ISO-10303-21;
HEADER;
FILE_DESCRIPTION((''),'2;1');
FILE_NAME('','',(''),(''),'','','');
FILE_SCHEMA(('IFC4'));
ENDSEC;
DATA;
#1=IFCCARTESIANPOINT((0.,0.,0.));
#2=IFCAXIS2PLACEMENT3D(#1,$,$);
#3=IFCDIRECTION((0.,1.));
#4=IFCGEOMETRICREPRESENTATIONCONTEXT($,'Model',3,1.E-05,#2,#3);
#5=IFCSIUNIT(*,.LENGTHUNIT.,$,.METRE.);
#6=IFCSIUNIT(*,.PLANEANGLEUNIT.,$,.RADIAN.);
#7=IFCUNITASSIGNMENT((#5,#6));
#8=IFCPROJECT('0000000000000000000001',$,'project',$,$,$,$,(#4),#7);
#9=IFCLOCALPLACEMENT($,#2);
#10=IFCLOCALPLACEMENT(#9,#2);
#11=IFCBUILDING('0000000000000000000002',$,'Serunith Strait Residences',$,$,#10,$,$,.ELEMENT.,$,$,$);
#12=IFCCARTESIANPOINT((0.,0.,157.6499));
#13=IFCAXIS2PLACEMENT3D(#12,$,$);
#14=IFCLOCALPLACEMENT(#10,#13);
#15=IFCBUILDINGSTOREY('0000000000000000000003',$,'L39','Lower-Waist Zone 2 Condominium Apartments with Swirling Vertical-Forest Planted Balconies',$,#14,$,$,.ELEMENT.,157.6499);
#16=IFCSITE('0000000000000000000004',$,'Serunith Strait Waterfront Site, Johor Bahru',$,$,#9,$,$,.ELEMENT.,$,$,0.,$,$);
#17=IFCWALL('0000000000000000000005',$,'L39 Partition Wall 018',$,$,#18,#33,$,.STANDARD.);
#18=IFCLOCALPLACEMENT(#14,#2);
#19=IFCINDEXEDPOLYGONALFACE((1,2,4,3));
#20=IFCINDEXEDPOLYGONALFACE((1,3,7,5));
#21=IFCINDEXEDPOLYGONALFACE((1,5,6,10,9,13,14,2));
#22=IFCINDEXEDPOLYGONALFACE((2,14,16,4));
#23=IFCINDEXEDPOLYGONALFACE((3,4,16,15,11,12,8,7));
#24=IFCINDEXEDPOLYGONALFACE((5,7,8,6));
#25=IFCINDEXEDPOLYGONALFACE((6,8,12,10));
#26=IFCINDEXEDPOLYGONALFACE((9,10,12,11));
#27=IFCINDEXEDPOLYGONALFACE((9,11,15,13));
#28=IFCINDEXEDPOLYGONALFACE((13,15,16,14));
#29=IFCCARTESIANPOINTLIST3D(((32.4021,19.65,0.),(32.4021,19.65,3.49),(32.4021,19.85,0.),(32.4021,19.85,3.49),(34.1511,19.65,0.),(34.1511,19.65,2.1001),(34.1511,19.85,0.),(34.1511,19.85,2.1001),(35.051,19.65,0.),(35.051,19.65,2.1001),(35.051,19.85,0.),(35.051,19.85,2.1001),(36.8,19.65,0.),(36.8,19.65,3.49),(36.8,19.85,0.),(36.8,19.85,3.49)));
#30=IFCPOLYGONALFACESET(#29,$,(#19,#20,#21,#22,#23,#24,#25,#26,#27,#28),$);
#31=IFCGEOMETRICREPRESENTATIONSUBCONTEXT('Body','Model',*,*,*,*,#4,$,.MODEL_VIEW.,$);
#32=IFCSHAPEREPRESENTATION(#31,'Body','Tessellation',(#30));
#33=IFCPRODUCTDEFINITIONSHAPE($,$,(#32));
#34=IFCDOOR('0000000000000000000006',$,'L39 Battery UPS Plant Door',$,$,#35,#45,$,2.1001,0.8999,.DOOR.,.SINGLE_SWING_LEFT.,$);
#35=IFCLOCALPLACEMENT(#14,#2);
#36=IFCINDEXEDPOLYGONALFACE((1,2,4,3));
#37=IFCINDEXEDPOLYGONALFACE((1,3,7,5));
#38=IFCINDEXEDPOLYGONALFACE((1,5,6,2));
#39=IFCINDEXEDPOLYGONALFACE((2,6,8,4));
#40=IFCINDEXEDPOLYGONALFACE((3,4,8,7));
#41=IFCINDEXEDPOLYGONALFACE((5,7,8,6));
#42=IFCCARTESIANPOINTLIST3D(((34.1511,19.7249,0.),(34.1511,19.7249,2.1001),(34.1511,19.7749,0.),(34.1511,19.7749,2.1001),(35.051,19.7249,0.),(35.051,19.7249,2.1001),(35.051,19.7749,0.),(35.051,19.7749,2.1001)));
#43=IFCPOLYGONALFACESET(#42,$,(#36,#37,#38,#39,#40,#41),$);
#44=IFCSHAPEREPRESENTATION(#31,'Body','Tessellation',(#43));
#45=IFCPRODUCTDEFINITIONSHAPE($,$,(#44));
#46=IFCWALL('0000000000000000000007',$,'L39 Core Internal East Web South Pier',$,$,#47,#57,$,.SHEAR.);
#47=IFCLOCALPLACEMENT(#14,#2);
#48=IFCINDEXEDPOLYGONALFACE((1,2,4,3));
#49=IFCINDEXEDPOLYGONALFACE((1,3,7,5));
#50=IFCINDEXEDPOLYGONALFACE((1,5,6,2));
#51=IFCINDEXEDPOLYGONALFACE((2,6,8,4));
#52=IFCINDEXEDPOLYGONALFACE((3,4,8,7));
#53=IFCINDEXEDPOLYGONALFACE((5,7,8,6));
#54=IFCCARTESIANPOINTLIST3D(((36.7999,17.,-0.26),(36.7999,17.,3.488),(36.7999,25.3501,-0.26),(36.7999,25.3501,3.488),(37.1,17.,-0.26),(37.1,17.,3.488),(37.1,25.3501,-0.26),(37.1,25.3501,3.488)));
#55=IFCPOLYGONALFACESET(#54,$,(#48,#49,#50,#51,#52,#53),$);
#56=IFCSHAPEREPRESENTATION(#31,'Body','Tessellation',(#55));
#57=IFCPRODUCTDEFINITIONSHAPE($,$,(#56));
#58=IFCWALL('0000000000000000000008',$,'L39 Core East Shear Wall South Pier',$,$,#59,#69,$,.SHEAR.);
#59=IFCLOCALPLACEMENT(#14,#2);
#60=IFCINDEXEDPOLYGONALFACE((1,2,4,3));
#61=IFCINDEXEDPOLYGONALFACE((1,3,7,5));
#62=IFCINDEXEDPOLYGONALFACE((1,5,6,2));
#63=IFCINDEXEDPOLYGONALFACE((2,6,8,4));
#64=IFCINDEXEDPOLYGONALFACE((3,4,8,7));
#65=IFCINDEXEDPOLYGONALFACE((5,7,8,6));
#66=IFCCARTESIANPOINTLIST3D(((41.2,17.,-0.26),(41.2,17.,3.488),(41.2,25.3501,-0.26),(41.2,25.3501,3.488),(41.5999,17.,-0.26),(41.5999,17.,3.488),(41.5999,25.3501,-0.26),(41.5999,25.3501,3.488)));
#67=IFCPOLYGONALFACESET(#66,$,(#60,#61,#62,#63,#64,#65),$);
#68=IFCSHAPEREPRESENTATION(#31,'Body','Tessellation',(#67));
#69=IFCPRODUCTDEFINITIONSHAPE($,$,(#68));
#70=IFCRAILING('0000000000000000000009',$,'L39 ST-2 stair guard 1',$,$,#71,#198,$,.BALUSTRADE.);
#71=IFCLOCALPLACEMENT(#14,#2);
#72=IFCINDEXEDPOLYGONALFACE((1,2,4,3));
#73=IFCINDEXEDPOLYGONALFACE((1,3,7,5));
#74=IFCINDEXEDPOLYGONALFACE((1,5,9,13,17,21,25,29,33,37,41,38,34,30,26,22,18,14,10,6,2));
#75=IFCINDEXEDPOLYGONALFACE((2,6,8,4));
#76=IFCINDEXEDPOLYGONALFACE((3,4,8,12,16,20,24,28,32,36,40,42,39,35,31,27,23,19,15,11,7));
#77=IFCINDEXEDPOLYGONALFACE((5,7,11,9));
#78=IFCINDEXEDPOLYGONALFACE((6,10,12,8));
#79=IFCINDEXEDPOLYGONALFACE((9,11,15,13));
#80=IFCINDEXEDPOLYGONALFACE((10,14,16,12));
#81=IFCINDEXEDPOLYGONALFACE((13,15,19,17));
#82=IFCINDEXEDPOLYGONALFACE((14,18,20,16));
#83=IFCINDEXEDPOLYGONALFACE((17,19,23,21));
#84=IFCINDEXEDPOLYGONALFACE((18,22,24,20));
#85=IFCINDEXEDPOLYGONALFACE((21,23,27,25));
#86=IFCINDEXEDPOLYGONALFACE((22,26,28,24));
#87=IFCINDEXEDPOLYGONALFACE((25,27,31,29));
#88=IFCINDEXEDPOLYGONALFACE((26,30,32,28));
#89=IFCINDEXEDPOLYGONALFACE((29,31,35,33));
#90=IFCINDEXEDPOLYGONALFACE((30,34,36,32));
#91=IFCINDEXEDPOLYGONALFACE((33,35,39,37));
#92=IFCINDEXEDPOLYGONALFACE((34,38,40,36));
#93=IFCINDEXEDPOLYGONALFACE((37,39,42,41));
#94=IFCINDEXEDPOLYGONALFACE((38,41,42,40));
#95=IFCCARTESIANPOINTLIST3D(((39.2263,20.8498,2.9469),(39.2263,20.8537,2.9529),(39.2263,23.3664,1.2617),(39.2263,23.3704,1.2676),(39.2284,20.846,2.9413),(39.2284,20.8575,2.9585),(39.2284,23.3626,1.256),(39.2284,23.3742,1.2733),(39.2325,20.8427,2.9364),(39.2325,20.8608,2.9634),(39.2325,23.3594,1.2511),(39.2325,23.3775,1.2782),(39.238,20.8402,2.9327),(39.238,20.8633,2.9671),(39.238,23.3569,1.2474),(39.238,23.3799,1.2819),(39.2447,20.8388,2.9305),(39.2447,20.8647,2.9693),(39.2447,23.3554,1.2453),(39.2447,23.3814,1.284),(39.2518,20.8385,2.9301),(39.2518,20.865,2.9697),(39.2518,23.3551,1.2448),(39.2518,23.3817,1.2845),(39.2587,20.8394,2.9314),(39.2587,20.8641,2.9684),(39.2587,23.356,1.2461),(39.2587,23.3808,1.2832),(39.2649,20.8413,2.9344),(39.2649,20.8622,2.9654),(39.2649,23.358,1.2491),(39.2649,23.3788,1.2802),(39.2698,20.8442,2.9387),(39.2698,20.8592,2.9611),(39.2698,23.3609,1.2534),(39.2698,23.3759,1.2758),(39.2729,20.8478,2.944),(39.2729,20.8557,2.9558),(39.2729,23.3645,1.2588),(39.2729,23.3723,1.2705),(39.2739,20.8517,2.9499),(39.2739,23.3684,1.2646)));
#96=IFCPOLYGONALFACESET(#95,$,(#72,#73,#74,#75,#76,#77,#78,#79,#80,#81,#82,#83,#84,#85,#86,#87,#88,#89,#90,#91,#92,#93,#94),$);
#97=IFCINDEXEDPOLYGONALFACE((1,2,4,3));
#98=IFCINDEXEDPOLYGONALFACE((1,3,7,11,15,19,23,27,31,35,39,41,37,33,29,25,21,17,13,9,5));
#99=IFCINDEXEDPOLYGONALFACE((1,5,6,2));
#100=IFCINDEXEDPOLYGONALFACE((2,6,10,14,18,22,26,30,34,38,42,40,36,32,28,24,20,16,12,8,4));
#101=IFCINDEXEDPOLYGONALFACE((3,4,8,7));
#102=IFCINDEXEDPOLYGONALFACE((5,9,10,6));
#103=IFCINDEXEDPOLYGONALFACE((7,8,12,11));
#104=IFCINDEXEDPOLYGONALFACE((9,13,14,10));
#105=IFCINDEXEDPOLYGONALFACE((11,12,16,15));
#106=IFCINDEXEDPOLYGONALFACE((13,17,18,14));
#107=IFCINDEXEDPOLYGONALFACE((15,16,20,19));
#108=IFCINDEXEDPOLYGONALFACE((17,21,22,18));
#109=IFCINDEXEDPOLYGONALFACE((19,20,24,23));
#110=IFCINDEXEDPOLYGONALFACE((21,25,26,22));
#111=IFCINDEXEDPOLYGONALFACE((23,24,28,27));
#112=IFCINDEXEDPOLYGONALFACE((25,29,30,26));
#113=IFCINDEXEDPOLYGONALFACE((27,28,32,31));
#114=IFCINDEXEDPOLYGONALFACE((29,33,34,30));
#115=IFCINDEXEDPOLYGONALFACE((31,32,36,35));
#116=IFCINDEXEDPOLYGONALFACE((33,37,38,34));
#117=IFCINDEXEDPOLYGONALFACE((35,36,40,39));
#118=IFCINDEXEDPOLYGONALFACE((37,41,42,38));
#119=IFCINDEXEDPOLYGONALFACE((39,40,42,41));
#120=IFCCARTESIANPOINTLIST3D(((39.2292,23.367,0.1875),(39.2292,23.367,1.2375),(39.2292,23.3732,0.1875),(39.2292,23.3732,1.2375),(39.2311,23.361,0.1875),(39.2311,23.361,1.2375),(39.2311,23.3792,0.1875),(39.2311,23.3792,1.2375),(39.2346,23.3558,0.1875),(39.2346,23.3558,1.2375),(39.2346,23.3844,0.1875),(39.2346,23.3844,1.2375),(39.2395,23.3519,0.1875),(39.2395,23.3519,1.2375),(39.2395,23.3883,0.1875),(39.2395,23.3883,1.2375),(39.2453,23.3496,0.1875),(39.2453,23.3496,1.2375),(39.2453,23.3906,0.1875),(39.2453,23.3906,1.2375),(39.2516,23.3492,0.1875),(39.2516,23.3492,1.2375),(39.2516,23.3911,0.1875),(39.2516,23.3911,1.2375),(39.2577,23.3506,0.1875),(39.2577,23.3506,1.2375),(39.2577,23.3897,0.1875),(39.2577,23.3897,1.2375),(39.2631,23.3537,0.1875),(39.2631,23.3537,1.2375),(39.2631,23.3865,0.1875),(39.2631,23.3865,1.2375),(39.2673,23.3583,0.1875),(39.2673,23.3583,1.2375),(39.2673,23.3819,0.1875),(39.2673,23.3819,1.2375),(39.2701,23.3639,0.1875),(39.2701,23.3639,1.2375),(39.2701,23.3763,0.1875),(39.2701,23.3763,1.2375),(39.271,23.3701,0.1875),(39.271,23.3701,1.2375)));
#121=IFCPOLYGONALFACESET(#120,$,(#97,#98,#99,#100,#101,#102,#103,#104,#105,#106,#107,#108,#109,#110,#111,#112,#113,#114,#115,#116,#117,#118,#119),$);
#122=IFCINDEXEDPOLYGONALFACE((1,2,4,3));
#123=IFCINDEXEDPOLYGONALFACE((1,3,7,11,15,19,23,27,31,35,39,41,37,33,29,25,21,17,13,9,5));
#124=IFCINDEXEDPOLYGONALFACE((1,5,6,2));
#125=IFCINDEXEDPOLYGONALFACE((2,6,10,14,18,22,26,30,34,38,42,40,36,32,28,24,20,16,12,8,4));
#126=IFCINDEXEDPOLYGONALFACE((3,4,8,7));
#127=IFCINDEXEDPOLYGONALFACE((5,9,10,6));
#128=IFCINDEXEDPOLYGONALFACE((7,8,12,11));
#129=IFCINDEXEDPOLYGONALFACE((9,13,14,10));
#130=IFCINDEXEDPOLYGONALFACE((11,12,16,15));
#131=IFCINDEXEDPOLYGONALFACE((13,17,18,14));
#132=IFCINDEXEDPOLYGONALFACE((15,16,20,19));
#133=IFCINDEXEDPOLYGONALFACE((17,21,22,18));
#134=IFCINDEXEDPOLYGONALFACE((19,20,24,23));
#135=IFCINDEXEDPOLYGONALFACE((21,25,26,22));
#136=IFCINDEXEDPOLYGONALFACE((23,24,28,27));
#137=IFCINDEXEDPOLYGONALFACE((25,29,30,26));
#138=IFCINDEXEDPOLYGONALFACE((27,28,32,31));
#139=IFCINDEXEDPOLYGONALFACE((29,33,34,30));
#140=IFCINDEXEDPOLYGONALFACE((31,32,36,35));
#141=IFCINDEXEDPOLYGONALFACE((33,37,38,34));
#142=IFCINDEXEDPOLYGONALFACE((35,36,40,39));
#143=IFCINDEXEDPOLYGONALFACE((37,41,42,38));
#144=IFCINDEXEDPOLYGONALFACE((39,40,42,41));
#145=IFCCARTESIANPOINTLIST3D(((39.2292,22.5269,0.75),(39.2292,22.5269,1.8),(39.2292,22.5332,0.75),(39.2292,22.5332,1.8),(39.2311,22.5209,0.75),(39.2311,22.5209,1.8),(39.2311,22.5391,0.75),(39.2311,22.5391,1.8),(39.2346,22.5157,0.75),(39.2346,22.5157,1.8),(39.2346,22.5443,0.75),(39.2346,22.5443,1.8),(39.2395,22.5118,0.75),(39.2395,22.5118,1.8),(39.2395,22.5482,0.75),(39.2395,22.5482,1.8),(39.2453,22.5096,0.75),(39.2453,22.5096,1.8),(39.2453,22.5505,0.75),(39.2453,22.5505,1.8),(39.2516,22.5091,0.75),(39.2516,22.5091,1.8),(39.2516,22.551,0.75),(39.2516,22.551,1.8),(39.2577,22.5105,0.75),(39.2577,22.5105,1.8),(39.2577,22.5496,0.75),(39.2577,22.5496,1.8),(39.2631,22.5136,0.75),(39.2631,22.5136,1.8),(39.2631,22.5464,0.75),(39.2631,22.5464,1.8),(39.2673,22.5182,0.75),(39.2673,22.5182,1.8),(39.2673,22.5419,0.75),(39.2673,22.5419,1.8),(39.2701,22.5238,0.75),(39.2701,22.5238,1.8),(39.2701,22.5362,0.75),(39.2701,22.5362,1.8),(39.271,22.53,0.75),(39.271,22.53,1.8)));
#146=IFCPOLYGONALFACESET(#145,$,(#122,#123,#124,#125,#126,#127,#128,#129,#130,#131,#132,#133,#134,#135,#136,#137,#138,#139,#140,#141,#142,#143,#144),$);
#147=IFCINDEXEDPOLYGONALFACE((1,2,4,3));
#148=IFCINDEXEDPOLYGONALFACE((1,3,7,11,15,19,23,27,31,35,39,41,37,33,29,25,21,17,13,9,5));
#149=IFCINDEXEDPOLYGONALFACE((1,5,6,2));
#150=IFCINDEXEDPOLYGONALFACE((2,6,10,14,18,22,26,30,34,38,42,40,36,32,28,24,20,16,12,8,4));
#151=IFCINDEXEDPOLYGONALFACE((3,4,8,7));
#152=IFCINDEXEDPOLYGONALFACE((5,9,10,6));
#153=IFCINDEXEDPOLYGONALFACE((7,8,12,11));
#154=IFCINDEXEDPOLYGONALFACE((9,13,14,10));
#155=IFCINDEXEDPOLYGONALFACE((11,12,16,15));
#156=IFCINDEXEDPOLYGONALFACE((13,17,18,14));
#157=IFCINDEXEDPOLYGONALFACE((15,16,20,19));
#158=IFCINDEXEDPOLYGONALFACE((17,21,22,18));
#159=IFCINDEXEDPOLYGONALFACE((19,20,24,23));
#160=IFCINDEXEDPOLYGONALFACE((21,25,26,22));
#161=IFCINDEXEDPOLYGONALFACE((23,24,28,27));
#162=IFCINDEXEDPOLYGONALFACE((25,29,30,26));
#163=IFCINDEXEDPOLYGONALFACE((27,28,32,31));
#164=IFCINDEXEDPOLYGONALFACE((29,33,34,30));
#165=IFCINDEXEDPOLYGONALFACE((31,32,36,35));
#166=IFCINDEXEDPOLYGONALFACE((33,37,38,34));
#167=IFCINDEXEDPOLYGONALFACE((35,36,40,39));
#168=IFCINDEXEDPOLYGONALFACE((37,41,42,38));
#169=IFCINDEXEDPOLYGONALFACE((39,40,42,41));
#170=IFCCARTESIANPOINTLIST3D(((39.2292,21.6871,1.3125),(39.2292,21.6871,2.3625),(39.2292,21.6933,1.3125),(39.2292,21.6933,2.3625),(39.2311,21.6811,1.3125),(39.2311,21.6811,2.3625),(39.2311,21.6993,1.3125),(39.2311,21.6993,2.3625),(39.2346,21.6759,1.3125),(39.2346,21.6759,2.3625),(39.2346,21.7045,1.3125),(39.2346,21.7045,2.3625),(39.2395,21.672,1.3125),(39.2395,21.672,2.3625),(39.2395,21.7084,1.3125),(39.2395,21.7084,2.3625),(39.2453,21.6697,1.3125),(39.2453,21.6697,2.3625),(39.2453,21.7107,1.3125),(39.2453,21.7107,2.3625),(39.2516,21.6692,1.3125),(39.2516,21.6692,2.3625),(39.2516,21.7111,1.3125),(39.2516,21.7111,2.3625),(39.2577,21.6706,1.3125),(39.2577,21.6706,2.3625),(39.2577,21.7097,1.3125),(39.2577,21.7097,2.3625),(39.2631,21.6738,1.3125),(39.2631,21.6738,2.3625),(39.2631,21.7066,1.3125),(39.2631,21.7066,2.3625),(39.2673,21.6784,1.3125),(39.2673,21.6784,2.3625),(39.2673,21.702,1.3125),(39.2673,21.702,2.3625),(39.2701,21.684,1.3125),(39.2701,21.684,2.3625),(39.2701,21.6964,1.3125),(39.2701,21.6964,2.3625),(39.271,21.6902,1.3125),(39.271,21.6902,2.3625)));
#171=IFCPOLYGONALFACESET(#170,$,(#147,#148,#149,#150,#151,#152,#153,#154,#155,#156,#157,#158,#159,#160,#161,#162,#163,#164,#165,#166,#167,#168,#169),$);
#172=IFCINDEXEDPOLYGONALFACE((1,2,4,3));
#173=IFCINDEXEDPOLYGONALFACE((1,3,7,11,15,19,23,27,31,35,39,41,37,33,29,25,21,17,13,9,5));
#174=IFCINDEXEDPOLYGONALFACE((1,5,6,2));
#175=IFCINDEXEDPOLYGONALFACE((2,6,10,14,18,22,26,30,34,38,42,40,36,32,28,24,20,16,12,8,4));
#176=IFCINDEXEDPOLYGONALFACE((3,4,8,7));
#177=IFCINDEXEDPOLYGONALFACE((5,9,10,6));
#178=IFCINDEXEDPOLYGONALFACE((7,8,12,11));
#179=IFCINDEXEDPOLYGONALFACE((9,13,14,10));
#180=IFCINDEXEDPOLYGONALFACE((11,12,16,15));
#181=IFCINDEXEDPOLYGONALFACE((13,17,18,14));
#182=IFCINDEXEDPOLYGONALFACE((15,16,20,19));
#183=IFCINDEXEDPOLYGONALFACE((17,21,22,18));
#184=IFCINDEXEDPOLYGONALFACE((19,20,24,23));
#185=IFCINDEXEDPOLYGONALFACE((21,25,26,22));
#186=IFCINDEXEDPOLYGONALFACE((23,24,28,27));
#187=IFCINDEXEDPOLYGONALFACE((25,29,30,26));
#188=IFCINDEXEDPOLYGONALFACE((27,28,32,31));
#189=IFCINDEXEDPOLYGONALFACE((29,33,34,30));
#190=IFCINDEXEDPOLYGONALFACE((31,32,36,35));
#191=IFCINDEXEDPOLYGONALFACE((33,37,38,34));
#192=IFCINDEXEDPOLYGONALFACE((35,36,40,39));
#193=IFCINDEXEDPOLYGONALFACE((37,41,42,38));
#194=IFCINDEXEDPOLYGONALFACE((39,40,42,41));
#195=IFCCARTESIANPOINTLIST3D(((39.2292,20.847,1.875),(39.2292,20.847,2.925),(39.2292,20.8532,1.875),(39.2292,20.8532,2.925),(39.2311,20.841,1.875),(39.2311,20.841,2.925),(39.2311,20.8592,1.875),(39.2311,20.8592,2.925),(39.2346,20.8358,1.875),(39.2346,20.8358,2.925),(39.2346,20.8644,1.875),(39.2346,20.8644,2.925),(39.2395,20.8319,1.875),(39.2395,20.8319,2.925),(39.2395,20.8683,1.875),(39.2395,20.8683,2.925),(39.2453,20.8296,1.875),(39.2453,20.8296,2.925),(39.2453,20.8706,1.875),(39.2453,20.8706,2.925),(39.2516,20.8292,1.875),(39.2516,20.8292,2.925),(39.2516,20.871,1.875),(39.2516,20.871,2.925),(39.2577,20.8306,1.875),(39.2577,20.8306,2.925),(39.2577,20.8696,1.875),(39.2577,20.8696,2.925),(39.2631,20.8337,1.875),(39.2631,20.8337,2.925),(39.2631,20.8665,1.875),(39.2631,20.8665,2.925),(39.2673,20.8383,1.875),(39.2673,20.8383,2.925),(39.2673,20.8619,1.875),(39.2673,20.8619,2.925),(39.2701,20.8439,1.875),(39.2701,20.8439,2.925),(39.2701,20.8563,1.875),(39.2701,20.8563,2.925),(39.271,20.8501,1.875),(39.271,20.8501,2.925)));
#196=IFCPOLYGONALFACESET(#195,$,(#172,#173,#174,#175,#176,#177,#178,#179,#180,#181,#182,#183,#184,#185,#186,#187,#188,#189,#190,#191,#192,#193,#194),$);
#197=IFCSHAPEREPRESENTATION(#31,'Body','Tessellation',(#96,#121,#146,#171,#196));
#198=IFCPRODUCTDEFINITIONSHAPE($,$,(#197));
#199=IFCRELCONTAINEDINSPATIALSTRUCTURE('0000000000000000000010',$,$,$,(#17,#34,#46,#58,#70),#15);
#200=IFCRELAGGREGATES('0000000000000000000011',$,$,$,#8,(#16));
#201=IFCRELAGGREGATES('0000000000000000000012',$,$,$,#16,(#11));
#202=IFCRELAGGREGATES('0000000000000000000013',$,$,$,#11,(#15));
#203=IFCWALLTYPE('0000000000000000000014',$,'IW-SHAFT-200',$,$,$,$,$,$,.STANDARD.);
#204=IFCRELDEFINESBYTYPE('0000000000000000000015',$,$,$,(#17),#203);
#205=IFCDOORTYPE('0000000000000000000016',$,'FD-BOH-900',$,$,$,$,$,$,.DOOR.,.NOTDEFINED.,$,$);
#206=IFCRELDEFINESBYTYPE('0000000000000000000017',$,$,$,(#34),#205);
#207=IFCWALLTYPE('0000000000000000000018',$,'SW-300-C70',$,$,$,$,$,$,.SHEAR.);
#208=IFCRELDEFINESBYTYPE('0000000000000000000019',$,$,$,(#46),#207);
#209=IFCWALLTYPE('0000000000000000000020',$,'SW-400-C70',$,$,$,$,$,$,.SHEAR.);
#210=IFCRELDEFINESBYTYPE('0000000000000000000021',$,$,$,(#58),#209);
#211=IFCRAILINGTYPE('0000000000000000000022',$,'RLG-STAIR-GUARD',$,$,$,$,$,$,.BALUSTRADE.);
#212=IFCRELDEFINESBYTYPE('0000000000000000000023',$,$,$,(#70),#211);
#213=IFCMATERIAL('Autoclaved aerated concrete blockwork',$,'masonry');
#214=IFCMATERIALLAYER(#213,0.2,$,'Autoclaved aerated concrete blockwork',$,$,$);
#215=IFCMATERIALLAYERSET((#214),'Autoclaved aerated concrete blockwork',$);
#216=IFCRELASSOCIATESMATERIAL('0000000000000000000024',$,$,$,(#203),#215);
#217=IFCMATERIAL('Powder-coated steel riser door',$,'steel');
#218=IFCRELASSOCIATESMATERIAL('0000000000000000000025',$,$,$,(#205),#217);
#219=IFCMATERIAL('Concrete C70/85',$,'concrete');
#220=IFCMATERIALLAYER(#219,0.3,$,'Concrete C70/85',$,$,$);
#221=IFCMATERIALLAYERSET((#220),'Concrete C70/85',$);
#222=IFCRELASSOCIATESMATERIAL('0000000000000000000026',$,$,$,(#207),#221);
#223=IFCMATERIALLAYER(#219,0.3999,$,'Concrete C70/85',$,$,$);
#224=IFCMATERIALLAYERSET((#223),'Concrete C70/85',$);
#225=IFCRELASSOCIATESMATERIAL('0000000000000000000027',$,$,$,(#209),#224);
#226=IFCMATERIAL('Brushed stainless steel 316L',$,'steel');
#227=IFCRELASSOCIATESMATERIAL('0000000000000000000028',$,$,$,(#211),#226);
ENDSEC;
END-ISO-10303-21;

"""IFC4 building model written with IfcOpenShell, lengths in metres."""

from ifc_helpers import new_model, si_unit, direction, frame, frame_2d, origin, origin_2d, place, context, subcontext, project, spatial, rectangle, circle, extrude, source, transform, mapped, material, layer, layer_set, type_object, element, fill, save


model = new_model("IFC4")

# Units and contexts
model_context = context("Model", 3, precision=1e-05, world=origin(), true_north=direction((0.0, 1.0)))
body_context = subcontext(model_context, "Body", "Model", "MODEL_VIEW")
ifc_project = project(units=[si_unit("LENGTHUNIT", "METRE"), si_unit("PLANEANGLEUNIT", "RADIAN")], contexts=[model_context])

# Site, building, storey
site_placement = place(None, origin())
site = spatial("IfcSite", under=ifc_project, at=site_placement, Name="Serunith Strait Waterfront Site, Johor Bahru", CompositionType="ELEMENT", RefElevation=0.0)
building_placement = place(site_placement, origin())
building = spatial("IfcBuilding", under=site, at=building_placement, Name="Serunith Strait Residences", CompositionType="ELEMENT")
storey_placement = place(building_placement, frame((0.0, 0.0, 157.6499)))
storey = spatial("IfcBuildingStorey", under=building, at=storey_placement, Name="L39", Description="Lower-Waist Zone 2 Condominium Apartments with Swirling Vertical-Forest Planted Balconies", CompositionType="ELEMENT", Elevation=157.6499)

# Shared definitions
ifc_material_1 = material(Name="Autoclaved aerated concrete blockwork", Category="masonry")
ifc_layer_1 = layer(ifc_material_1, 0.2, Name="Autoclaved aerated concrete blockwork")
ifc_layer_set_1 = layer_set([ifc_layer_1], Name="Autoclaved aerated concrete blockwork")
wall_type_1 = type_object("IfcWallType", Name="IW-SHAFT-200", PredefinedType="STANDARD", material=ifc_layer_set_1)

# Wall, opening, door
wall_1_placement = place(storey_placement, frame((32.4021, 19.75, 0.0), z_axis=(0.0, 0.0, 1.0), x_axis=(1.0, 0.0, 0.0)))
wall_1 = element("IfcWall", 1, at=wall_1_placement, inside=storey, type_object=wall_type_1, Name="L39 Partition Wall 018", PredefinedType="STANDARD", context=body_context, shape_type="SweptSolid", body=[
    extrude(rectangle(XDim=4.3979, YDim=0.2, at=frame_2d((2.199, 0.0))), origin(), (0.0, 0.0, 1.0), 3.49),
])
opening_1_placement = place(wall_1_placement, frame((1.749, 0.0, 0.0)))
opening_1 = element("IfcOpeningElement", 2, at=opening_1_placement, cuts=wall_1, PredefinedType="OPENING", context=body_context, shape_type="SweptSolid", body=[
    extrude(rectangle(XDim=0.8999, YDim=2.1001, at=frame_2d((0.45, 1.05))), frame((0.0, 0.1099, 0.0), z_axis=(0.0, -1.0, 0.0), x_axis=(1.0, 0.0, 0.0)), (0.0, 0.0, 1.0), 0.22),
])
ifc_material_2 = material(Name="Powder-coated steel riser door", Category="steel")
door_type_1 = type_object("IfcDoorType", Name="FD-BOH-900", OperationType="NOTDEFINED", PredefinedType="DOOR", material=ifc_material_2)
shared_shape_1 = source(origin(), body_context, "Body", "SweptSolid", [
    extrude(rectangle(XDim=0.8999, YDim=2.1001, at=frame_2d((0.45, 1.05))), frame((0.0, 0.0249, 0.0), z_axis=(0.0, -1.0, 0.0), x_axis=(1.0, 0.0, 0.0)), (0.0, 0.0, 1.0), 0.05),
])
door_1_placement = place(opening_1_placement, origin())
door_1 = element("IfcDoor", 3, at=door_1_placement, inside=storey, type_object=door_type_1, Name="L39 Battery UPS Plant Door", OperationType="SINGLE_SWING_LEFT", OverallHeight=2.1001, OverallWidth=0.8999, PredefinedType="DOOR", context=body_context, shape_type="MappedRepresentation", body=[
    mapped(shared_shape_1, transform((0.0, 0.0, 0.0), scale=1.0)),
])
fill(opening_1, door_1)

# Walls
ifc_material_3 = material(Name="Concrete C70/85", Category="concrete")
ifc_layer_2 = layer(ifc_material_3, 0.3, Name="Concrete C70/85")
ifc_layer_set_2 = layer_set([ifc_layer_2], Name="Concrete C70/85")
wall_type_2 = type_object("IfcWallType", Name="SW-300-C70", PredefinedType="SHEAR", material=ifc_layer_set_2)
wall_2_placement = place(storey_placement, frame((36.95, 17.0, -0.26), z_axis=(0.0, 0.0, 1.0), x_axis=(0.0, 1.0, 0.0)))
element("IfcWall", 4, at=wall_2_placement, inside=storey, type_object=wall_type_2, Name="L39 Core Internal East Web South Pier", PredefinedType="SHEAR", context=body_context, shape_type="SweptSolid", body=[
    extrude(rectangle(XDim=8.3501, YDim=0.3, at=frame_2d((4.175, 0.0))), origin(), (0.0, 0.0, 1.0), 3.748),
])
ifc_layer_3 = layer(ifc_material_3, 0.3999, Name="Concrete C70/85")
ifc_layer_set_3 = layer_set([ifc_layer_3], Name="Concrete C70/85")
wall_type_3 = type_object("IfcWallType", Name="SW-400-C70", PredefinedType="SHEAR", material=ifc_layer_set_3)
wall_3_placement = place(storey_placement, frame((41.3999, 17.0, -0.26), z_axis=(0.0, 0.0, 1.0), x_axis=(0.0, 1.0, 0.0)))
element("IfcWall", 5, at=wall_3_placement, inside=storey, type_object=wall_type_3, Name="L39 Core East Shear Wall South Pier", PredefinedType="SHEAR", context=body_context, shape_type="SweptSolid", body=[
    extrude(rectangle(XDim=8.3501, YDim=0.3999, at=frame_2d((4.175, 0.0))), origin(), (0.0, 0.0, 1.0), 3.748),
])

# Railing
ifc_material_4 = material(Name="Brushed stainless steel 316L", Category="steel")
railing_type_1 = type_object("IfcRailingType", Name="RLG-STAIR-GUARD", PredefinedType="BALUSTRADE", material=ifc_material_4)
railing_1_placement = place(storey_placement, frame((39.25, 23.3701, 0.1875)))
element("IfcRailing", 6, at=railing_1_placement, inside=storey, type_object=railing_type_1, Name="L39 ST-2 stair guard 1", PredefinedType="BALUSTRADE", context=body_context, shape_type="SweptSolid", body=[
    extrude(circle(Radius=0.0239, at=origin_2d()), frame((0.0, -0.0017, 1.0771), z_axis=(0.0, -0.830909, 0.556408), x_axis=(1.0, 0.0, 0.0)), (0.0, 0.0, 1.0), 3.0288),
    extrude(circle(Radius=0.021, at=origin_2d()), origin(), (0.0, 0.0, 1.0), 1.05),
    extrude(circle(Radius=0.021, at=origin_2d()), frame((0.0, -0.8401, 0.5625)), (0.0, 0.0, 1.0), 1.05),
    extrude(circle(Radius=0.021, at=origin_2d()), frame((0.0, -1.6799, 1.125)), (0.0, 0.0, 1.0), 1.05),
    extrude(circle(Radius=0.021, at=origin_2d()), frame((0.0, -2.52, 1.6875)), (0.0, 0.0, 1.0), 1.05),
])

save(model, "model.ifc")
